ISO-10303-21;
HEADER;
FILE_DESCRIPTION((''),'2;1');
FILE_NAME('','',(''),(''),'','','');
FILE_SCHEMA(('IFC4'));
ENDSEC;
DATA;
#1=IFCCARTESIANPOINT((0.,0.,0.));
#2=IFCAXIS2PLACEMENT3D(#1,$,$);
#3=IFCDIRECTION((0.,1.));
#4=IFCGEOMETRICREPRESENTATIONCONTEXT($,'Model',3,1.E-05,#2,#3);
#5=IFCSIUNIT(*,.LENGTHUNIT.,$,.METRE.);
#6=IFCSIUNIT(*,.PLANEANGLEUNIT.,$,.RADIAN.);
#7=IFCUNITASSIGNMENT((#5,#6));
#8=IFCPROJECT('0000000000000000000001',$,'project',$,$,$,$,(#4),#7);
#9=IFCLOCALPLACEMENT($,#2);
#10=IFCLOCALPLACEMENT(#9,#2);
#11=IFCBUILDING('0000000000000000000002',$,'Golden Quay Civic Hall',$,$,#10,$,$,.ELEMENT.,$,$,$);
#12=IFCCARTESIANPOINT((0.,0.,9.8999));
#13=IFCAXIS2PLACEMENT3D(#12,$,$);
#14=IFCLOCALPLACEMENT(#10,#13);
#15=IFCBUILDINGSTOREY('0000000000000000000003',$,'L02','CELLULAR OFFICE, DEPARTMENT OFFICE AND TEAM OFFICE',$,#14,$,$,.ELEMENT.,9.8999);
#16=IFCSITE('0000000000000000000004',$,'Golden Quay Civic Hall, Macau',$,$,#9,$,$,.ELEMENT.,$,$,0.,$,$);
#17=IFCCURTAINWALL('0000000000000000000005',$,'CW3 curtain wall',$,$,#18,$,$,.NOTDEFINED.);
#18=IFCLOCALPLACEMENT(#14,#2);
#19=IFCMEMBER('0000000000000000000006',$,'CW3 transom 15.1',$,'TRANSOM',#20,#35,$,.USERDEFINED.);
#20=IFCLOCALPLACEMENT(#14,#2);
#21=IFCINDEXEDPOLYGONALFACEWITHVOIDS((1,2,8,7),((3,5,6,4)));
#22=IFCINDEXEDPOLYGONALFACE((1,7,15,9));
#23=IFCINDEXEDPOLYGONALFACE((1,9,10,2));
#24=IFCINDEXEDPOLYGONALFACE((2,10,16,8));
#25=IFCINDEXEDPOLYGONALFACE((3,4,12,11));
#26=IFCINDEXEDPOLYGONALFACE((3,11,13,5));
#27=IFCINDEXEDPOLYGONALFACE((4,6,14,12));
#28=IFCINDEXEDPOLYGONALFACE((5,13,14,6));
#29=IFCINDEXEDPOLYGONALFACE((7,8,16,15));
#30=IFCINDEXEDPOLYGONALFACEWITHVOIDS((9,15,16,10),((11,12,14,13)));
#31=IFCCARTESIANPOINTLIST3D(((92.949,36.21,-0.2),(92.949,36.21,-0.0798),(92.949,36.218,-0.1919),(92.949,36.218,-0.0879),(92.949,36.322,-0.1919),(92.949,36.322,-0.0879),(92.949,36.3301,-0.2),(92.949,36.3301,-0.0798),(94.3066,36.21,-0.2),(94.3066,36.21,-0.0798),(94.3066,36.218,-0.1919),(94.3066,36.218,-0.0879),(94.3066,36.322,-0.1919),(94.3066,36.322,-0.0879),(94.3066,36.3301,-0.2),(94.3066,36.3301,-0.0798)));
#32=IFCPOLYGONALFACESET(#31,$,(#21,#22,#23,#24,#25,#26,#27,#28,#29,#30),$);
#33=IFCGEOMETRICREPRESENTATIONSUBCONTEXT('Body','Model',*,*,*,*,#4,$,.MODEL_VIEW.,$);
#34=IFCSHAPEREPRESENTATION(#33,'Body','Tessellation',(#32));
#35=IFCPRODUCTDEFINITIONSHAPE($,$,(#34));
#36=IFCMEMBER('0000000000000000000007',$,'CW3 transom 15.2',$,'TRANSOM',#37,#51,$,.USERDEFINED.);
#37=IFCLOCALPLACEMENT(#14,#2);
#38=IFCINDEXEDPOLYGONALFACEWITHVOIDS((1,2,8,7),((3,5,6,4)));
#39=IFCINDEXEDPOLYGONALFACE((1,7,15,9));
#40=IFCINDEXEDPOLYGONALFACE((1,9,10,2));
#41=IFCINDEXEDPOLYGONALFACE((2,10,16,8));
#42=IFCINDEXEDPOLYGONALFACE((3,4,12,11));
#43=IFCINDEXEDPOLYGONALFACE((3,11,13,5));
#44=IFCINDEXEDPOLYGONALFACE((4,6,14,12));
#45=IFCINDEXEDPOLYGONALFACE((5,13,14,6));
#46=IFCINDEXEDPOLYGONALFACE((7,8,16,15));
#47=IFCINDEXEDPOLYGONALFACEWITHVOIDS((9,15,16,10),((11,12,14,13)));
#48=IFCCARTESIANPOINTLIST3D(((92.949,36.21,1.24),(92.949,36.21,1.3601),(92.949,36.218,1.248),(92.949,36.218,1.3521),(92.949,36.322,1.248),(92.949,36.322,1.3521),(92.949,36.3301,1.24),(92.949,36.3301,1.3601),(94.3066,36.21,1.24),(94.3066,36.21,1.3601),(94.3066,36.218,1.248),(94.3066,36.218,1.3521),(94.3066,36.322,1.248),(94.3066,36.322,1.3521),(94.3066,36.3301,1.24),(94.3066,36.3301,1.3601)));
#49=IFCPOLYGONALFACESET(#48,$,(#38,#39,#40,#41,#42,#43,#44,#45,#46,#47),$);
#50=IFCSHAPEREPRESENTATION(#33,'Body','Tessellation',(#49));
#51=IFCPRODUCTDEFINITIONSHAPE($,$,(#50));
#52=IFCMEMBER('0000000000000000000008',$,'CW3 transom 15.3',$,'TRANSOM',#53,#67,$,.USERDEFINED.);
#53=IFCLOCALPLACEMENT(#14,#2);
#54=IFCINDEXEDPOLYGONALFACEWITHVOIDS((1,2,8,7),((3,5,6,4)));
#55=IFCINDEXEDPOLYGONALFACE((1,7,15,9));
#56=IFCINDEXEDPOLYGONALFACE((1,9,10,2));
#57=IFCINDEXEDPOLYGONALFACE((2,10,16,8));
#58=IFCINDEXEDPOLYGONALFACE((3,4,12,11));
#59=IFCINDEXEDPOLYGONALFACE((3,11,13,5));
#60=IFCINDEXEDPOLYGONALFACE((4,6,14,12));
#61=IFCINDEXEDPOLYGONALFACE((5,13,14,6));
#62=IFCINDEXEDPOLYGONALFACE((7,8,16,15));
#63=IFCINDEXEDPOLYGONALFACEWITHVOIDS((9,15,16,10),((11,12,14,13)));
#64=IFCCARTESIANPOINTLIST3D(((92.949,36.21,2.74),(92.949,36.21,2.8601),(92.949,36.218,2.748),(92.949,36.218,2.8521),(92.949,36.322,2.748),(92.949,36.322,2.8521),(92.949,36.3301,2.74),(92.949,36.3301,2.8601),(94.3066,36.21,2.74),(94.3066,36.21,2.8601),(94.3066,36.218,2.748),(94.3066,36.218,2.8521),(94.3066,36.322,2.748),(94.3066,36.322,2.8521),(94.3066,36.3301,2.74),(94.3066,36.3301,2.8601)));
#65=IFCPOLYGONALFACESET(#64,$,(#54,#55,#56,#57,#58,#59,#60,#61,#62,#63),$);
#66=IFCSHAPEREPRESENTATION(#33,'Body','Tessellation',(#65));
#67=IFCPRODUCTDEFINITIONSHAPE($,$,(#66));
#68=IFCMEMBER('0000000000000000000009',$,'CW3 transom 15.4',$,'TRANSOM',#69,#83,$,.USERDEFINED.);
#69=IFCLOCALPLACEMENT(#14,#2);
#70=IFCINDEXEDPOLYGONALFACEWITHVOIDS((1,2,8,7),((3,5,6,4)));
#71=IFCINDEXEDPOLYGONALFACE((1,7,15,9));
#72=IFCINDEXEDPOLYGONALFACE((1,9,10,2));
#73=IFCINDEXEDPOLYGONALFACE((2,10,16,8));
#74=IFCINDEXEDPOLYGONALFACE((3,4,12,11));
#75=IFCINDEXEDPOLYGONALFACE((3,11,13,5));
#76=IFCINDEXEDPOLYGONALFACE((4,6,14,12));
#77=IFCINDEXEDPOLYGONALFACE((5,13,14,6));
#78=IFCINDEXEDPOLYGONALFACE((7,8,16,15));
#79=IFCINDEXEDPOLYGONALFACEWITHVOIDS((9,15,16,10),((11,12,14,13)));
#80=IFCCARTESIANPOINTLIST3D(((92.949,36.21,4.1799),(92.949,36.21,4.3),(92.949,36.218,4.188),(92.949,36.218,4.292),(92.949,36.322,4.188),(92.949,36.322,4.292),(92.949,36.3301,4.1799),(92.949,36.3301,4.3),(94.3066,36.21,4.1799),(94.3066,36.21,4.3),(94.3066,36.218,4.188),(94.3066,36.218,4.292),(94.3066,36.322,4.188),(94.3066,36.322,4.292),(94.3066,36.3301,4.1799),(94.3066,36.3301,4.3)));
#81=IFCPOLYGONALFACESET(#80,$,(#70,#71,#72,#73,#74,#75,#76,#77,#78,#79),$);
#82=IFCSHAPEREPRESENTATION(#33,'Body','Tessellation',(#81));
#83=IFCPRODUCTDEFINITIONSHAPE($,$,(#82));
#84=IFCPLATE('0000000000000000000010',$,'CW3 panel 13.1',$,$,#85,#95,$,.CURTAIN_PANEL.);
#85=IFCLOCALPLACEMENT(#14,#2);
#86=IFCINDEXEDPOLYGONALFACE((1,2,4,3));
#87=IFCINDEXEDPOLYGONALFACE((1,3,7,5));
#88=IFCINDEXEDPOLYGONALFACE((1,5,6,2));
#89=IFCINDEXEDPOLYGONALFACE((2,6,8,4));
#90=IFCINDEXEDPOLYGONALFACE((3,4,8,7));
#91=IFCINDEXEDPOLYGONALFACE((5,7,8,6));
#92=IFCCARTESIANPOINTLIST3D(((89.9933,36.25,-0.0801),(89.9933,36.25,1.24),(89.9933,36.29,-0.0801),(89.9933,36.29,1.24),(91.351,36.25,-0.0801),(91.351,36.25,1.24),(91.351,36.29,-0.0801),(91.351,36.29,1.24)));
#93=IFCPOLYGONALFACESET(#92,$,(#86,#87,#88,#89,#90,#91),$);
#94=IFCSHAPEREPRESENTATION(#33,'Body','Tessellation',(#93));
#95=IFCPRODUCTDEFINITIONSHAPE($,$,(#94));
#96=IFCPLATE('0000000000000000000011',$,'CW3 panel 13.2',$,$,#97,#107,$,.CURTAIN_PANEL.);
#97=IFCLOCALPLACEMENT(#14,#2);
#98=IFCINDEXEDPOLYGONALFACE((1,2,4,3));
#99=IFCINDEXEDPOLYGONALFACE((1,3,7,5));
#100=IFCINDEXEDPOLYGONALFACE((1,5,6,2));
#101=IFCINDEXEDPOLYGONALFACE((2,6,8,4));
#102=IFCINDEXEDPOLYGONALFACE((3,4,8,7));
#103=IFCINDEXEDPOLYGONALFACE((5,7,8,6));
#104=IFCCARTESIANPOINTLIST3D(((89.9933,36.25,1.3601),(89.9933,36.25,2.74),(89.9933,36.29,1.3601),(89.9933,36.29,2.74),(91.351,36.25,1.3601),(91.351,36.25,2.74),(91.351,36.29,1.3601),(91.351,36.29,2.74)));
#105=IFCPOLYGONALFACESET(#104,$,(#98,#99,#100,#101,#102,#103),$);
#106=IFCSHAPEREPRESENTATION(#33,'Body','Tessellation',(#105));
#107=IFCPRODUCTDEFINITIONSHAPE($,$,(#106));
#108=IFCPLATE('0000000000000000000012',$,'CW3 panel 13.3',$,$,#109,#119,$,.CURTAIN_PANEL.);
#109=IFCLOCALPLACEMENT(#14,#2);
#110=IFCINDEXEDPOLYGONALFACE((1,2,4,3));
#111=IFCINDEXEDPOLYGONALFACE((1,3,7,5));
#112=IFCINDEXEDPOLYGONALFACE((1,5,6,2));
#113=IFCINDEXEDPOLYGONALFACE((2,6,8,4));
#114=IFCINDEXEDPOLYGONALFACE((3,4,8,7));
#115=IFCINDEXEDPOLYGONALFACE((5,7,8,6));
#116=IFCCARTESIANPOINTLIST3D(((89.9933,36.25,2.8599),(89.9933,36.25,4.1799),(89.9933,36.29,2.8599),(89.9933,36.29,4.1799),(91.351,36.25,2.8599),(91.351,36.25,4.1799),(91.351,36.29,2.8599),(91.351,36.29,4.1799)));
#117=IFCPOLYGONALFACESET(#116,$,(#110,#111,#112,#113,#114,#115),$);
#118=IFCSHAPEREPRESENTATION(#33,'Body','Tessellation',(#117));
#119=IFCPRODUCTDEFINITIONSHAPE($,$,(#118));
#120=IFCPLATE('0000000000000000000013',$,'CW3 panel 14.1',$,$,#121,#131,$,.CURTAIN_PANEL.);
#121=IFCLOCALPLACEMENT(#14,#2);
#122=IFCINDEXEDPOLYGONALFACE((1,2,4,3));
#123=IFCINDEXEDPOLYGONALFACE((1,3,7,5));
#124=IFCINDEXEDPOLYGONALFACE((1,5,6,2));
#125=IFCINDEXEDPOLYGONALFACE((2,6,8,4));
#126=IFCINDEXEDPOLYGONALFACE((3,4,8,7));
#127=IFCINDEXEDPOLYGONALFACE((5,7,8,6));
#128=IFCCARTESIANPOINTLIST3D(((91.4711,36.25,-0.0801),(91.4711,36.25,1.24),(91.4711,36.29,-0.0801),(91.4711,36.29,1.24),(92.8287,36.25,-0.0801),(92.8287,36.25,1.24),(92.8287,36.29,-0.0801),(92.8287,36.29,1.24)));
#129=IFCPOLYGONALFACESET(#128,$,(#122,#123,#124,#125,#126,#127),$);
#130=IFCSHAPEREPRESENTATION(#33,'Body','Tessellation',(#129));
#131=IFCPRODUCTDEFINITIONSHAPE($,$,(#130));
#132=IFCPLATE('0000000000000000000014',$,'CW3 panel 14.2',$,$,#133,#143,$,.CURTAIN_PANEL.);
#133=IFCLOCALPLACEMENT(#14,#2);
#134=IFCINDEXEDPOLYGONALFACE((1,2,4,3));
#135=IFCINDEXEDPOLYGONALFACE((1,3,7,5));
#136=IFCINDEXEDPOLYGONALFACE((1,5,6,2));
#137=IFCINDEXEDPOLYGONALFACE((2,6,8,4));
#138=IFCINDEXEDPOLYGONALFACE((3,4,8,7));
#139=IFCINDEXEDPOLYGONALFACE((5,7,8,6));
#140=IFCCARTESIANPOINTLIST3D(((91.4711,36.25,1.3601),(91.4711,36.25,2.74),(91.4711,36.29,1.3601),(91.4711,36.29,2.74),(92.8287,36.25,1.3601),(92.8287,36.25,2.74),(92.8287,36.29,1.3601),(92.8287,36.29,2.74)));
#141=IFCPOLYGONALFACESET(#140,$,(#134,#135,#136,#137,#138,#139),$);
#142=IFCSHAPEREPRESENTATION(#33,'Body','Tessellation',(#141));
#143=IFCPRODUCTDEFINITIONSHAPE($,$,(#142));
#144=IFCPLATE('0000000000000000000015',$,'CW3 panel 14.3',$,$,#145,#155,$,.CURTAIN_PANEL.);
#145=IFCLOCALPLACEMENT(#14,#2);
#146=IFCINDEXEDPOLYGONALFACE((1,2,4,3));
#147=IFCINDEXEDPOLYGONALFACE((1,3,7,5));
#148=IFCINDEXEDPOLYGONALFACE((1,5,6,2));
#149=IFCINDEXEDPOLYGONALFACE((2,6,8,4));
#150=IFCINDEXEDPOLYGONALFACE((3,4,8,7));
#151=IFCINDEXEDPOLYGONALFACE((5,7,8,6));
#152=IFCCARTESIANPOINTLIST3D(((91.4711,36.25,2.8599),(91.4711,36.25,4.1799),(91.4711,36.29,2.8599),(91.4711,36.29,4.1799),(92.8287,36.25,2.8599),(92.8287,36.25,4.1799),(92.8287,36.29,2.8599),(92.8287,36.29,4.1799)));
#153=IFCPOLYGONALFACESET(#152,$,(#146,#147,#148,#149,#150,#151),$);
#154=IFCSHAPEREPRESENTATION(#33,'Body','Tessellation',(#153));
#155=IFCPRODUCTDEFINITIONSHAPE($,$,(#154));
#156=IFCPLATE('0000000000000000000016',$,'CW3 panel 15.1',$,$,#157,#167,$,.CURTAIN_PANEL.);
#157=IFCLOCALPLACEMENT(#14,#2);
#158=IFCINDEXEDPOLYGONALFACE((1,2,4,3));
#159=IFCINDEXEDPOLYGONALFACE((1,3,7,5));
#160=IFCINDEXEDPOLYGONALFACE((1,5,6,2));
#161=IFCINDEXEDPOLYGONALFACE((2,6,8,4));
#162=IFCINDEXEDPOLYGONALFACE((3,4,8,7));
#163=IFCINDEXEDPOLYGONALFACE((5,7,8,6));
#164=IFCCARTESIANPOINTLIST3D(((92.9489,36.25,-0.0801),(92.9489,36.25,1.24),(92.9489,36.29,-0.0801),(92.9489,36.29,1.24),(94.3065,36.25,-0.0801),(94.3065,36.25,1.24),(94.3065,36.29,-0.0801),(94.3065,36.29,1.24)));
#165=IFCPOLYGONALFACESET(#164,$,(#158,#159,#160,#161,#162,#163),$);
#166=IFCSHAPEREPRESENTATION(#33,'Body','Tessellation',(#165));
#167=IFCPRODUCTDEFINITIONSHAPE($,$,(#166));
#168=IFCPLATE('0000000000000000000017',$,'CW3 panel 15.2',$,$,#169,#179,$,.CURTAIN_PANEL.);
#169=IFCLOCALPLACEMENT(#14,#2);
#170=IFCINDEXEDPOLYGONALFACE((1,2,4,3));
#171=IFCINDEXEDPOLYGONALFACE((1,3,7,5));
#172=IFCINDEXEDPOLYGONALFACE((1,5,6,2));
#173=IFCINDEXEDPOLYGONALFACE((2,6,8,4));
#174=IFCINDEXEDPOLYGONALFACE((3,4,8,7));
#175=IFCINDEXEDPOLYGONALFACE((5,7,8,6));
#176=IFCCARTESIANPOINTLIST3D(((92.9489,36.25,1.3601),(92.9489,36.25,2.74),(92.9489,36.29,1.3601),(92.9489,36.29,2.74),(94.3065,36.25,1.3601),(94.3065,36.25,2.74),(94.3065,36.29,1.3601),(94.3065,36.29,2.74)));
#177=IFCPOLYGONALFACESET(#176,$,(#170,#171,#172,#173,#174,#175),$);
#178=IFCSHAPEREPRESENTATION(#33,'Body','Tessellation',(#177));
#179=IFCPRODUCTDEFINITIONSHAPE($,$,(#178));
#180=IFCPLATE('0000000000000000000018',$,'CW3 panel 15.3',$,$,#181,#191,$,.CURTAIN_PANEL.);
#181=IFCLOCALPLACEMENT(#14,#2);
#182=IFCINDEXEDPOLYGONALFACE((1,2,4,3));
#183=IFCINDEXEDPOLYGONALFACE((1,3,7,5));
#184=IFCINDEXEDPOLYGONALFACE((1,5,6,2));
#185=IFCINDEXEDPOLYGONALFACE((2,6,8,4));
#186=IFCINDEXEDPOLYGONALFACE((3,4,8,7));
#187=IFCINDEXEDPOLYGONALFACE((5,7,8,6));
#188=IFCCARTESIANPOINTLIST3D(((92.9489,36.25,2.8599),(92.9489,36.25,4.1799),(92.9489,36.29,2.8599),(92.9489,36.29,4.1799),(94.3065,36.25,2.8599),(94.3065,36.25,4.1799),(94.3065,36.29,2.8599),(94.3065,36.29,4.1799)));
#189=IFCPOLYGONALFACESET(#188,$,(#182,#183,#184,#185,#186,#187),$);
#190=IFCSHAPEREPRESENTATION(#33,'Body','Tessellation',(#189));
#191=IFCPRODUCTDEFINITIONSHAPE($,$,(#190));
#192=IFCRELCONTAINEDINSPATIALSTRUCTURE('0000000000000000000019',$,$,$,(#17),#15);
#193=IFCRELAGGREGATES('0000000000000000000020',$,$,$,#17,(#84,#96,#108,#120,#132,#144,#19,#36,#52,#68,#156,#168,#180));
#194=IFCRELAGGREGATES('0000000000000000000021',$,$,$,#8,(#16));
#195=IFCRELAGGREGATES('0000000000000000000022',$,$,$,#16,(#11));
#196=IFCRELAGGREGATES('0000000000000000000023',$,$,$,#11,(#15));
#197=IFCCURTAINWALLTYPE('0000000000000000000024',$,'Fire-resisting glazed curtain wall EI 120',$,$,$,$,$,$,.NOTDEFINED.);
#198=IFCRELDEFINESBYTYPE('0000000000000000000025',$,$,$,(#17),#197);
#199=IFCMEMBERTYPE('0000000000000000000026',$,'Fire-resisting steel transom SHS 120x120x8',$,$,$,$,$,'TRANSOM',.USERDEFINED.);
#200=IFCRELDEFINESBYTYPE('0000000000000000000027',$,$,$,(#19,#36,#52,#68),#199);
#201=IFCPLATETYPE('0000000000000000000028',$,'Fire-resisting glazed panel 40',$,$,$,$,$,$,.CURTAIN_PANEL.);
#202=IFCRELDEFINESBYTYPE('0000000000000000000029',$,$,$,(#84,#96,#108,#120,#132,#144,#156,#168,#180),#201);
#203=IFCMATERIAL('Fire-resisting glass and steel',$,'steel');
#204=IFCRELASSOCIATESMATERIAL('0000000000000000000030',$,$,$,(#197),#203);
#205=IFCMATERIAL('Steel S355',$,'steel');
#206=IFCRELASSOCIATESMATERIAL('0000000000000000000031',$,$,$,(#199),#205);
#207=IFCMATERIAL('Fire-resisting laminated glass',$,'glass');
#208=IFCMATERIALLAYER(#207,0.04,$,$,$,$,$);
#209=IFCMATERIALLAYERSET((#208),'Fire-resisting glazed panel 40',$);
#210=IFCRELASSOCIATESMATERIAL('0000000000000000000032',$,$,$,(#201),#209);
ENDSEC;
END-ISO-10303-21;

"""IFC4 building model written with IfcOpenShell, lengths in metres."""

from ifc_helpers import new_model, si_unit, direction, frame, origin, origin_2d, place, context, subcontext, project, spatial, rectangle, hollow_rectangle, extrude, material, layer, layer_set, material_profile, profile_set, type_object, element, aggregate, save


model = new_model("IFC4")

# Units and contexts
model_context = context("Model", 3, precision=1e-05, world=origin(), true_north=direction((0.0, 1.0)))
body_context = subcontext(model_context, "Body", "Model", "MODEL_VIEW")
ifc_project = project(units=[si_unit("LENGTHUNIT", "METRE"), si_unit("PLANEANGLEUNIT", "RADIAN")], contexts=[model_context])

# Site, building, storey
site_placement = place(None, origin())
site = spatial("IfcSite", under=ifc_project, at=site_placement, Name="Golden Quay Civic Hall, Macau", CompositionType="ELEMENT", RefElevation=0.0)
building_placement = place(site_placement, origin())
building = spatial("IfcBuilding", under=site, at=building_placement, Name="Golden Quay Civic Hall", CompositionType="ELEMENT")
storey_placement = place(building_placement, frame((0.0, 0.0, 9.8999)))
storey = spatial("IfcBuildingStorey", under=building, at=storey_placement, Name="L02", Description="CELLULAR OFFICE, DEPARTMENT OFFICE AND TEAM OFFICE", CompositionType="ELEMENT", Elevation=9.8999)

# Curtain wall, members, plates
ifc_material_1 = material(Name="Fire-resisting glass and steel", Category="steel")
curtain_wall_type = type_object("IfcCurtainWallType", Name="Fire-resisting glazed curtain wall EI 120", PredefinedType="NOTDEFINED", material=ifc_material_1)
curtain_wall_placement = place(storey_placement, origin())
curtain_wall = element("IfcCurtainWall", 1, at=curtain_wall_placement, inside=storey, type_object=curtain_wall_type, Name="CW3 curtain wall", PredefinedType="NOTDEFINED")
ifc_material_2 = material(Name="Steel S355", Category="steel")
ifc_material_profile_1 = material_profile(ifc_material_2, hollow_rectangle(XDim=0.1201, YDim=0.1201, WallThickness=0.0081, at=origin_2d()), Name="SHS 120x120x8")
ifc_profile_set_1 = profile_set([ifc_material_profile_1], Name="Steel S355")
member_type_1 = type_object("IfcMemberType", Name="Fire-resisting steel transom SHS 120x120x8", ElementType="TRANSOM", PredefinedType="USERDEFINED", material=ifc_profile_set_1)
member_1_placement = place(storey_placement, frame((92.949, 36.27, -0.1399), z_axis=(1.0, 0.0, 0.0), x_axis=(0.0, 1.0, 0.0)))
member_1 = element("IfcMember", 2, at=member_1_placement, type_object=member_type_1, Name="CW3 transom 15.1", ObjectType="TRANSOM", PredefinedType="USERDEFINED", context=body_context, shape_type="SweptSolid", body=[
    extrude(hollow_rectangle(XDim=0.1201, YDim=0.1201, WallThickness=0.0081, at=origin_2d()), origin(), (0.0, 0.0, 1.0), 1.3577),
])
member_2_placement = place(storey_placement, frame((92.949, 36.27, 1.3), z_axis=(1.0, 0.0, 0.0), x_axis=(0.0, 1.0, 0.0)))
member_2 = element("IfcMember", 3, at=member_2_placement, type_object=member_type_1, Name="CW3 transom 15.2", ObjectType="TRANSOM", PredefinedType="USERDEFINED", context=body_context, shape_type="SweptSolid", body=[
    extrude(hollow_rectangle(XDim=0.1201, YDim=0.1201, WallThickness=0.0081, at=origin_2d()), origin(), (0.0, 0.0, 1.0), 1.3577),
])
member_3_placement = place(storey_placement, frame((92.949, 36.27, 2.8), z_axis=(1.0, 0.0, 0.0), x_axis=(0.0, 1.0, 0.0)))
member_3 = element("IfcMember", 4, at=member_3_placement, type_object=member_type_1, Name="CW3 transom 15.3", ObjectType="TRANSOM", PredefinedType="USERDEFINED", context=body_context, shape_type="SweptSolid", body=[
    extrude(hollow_rectangle(XDim=0.1201, YDim=0.1201, WallThickness=0.0081, at=origin_2d()), origin(), (0.0, 0.0, 1.0), 1.3577),
])
member_4_placement = place(storey_placement, frame((92.949, 36.27, 4.24), z_axis=(1.0, 0.0, 0.0), x_axis=(0.0, 1.0, 0.0)))
member_4 = element("IfcMember", 5, at=member_4_placement, type_object=member_type_1, Name="CW3 transom 15.4", ObjectType="TRANSOM", PredefinedType="USERDEFINED", context=body_context, shape_type="SweptSolid", body=[
    extrude(hollow_rectangle(XDim=0.1201, YDim=0.1201, WallThickness=0.0081, at=origin_2d()), origin(), (0.0, 0.0, 1.0), 1.3577),
])
ifc_material_3 = material(Name="Fire-resisting laminated glass", Category="glass")
ifc_layer = layer(ifc_material_3, 0.04)
ifc_layer_set = layer_set([ifc_layer], Name="Fire-resisting glazed panel 40")
plate_type = type_object("IfcPlateType", Name="Fire-resisting glazed panel 40", PredefinedType="CURTAIN_PANEL", material=ifc_layer_set)
plate_1_placement = place(storey_placement, frame((90.6721, 36.27, -0.0801), z_axis=(0.0, 0.0, 1.0), x_axis=(1.0, 0.0, 0.0)))
plate_1 = element("IfcPlate", 6, at=plate_1_placement, type_object=plate_type, Name="CW3 panel 13.1", PredefinedType="CURTAIN_PANEL", context=body_context, shape_type="SweptSolid", body=[
    extrude(rectangle(XDim=1.3577, YDim=0.04, at=origin_2d()), origin(), (0.0, 0.0, 1.0), 1.3201),
])
plate_2_placement = place(storey_placement, frame((90.6721, 36.27, 1.3601), z_axis=(0.0, 0.0, 1.0), x_axis=(1.0, 0.0, 0.0)))
plate_2 = element("IfcPlate", 7, at=plate_2_placement, type_object=plate_type, Name="CW3 panel 13.2", PredefinedType="CURTAIN_PANEL", context=body_context, shape_type="SweptSolid", body=[
    extrude(rectangle(XDim=1.3577, YDim=0.04, at=origin_2d()), origin(), (0.0, 0.0, 1.0), 1.3799),
])
plate_3_placement = place(storey_placement, frame((90.6721, 36.27, 2.8599), z_axis=(0.0, 0.0, 1.0), x_axis=(1.0, 0.0, 0.0)))
plate_3 = element("IfcPlate", 8, at=plate_3_placement, type_object=plate_type, Name="CW3 panel 13.3", PredefinedType="CURTAIN_PANEL", context=body_context, shape_type="SweptSolid", body=[
    extrude(rectangle(XDim=1.3577, YDim=0.04, at=origin_2d()), origin(), (0.0, 0.0, 1.0), 1.3201),
])
plate_4_placement = place(storey_placement, frame((92.1499, 36.27, -0.0801), z_axis=(0.0, 0.0, 1.0), x_axis=(1.0, 0.0, 0.0)))
plate_4 = element("IfcPlate", 9, at=plate_4_placement, type_object=plate_type, Name="CW3 panel 14.1", PredefinedType="CURTAIN_PANEL", context=body_context, shape_type="SweptSolid", body=[
    extrude(rectangle(XDim=1.3577, YDim=0.04, at=origin_2d()), origin(), (0.0, 0.0, 1.0), 1.3201),
])
plate_5_placement = place(storey_placement, frame((92.1499, 36.27, 1.3601), z_axis=(0.0, 0.0, 1.0), x_axis=(1.0, 0.0, 0.0)))
plate_5 = element("IfcPlate", 10, at=plate_5_placement, type_object=plate_type, Name="CW3 panel 14.2", PredefinedType="CURTAIN_PANEL", context=body_context, shape_type="SweptSolid", body=[
    extrude(rectangle(XDim=1.3577, YDim=0.04, at=origin_2d()), origin(), (0.0, 0.0, 1.0), 1.3799),
])
plate_6_placement = place(storey_placement, frame((92.1499, 36.27, 2.8599), z_axis=(0.0, 0.0, 1.0), x_axis=(1.0, 0.0, 0.0)))
plate_6 = element("IfcPlate", 11, at=plate_6_placement, type_object=plate_type, Name="CW3 panel 14.3", PredefinedType="CURTAIN_PANEL", context=body_context, shape_type="SweptSolid", body=[
    extrude(rectangle(XDim=1.3577, YDim=0.04, at=origin_2d()), origin(), (0.0, 0.0, 1.0), 1.3201),
])
plate_7_placement = place(storey_placement, frame((93.6277, 36.27, -0.0801), z_axis=(0.0, 0.0, 1.0), x_axis=(1.0, 0.0, 0.0)))
plate_7 = element("IfcPlate", 12, at=plate_7_placement, type_object=plate_type, Name="CW3 panel 15.1", PredefinedType="CURTAIN_PANEL", context=body_context, shape_type="SweptSolid", body=[
    extrude(rectangle(XDim=1.3577, YDim=0.04, at=origin_2d()), origin(), (0.0, 0.0, 1.0), 1.3201),
])
plate_8_placement = place(storey_placement, frame((93.6277, 36.27, 1.3601), z_axis=(0.0, 0.0, 1.0), x_axis=(1.0, 0.0, 0.0)))
plate_8 = element("IfcPlate", 13, at=plate_8_placement, type_object=plate_type, Name="CW3 panel 15.2", PredefinedType="CURTAIN_PANEL", context=body_context, shape_type="SweptSolid", body=[
    extrude(rectangle(XDim=1.3577, YDim=0.04, at=origin_2d()), origin(), (0.0, 0.0, 1.0), 1.3799),
])
plate_9_placement = place(storey_placement, frame((93.6277, 36.27, 2.8599), z_axis=(0.0, 0.0, 1.0), x_axis=(1.0, 0.0, 0.0)))
plate_9 = element("IfcPlate", 14, at=plate_9_placement, type_object=plate_type, Name="CW3 panel 15.3", PredefinedType="CURTAIN_PANEL", context=body_context, shape_type="SweptSolid", body=[
    extrude(rectangle(XDim=1.3577, YDim=0.04, at=origin_2d()), origin(), (0.0, 0.0, 1.0), 1.3201),
])
aggregate(curtain_wall, [plate_1, plate_2, plate_3, plate_4, plate_5, plate_6, member_1, member_2, member_3, member_4, plate_7, plate_8, plate_9])

save(model, "model.ifc")
